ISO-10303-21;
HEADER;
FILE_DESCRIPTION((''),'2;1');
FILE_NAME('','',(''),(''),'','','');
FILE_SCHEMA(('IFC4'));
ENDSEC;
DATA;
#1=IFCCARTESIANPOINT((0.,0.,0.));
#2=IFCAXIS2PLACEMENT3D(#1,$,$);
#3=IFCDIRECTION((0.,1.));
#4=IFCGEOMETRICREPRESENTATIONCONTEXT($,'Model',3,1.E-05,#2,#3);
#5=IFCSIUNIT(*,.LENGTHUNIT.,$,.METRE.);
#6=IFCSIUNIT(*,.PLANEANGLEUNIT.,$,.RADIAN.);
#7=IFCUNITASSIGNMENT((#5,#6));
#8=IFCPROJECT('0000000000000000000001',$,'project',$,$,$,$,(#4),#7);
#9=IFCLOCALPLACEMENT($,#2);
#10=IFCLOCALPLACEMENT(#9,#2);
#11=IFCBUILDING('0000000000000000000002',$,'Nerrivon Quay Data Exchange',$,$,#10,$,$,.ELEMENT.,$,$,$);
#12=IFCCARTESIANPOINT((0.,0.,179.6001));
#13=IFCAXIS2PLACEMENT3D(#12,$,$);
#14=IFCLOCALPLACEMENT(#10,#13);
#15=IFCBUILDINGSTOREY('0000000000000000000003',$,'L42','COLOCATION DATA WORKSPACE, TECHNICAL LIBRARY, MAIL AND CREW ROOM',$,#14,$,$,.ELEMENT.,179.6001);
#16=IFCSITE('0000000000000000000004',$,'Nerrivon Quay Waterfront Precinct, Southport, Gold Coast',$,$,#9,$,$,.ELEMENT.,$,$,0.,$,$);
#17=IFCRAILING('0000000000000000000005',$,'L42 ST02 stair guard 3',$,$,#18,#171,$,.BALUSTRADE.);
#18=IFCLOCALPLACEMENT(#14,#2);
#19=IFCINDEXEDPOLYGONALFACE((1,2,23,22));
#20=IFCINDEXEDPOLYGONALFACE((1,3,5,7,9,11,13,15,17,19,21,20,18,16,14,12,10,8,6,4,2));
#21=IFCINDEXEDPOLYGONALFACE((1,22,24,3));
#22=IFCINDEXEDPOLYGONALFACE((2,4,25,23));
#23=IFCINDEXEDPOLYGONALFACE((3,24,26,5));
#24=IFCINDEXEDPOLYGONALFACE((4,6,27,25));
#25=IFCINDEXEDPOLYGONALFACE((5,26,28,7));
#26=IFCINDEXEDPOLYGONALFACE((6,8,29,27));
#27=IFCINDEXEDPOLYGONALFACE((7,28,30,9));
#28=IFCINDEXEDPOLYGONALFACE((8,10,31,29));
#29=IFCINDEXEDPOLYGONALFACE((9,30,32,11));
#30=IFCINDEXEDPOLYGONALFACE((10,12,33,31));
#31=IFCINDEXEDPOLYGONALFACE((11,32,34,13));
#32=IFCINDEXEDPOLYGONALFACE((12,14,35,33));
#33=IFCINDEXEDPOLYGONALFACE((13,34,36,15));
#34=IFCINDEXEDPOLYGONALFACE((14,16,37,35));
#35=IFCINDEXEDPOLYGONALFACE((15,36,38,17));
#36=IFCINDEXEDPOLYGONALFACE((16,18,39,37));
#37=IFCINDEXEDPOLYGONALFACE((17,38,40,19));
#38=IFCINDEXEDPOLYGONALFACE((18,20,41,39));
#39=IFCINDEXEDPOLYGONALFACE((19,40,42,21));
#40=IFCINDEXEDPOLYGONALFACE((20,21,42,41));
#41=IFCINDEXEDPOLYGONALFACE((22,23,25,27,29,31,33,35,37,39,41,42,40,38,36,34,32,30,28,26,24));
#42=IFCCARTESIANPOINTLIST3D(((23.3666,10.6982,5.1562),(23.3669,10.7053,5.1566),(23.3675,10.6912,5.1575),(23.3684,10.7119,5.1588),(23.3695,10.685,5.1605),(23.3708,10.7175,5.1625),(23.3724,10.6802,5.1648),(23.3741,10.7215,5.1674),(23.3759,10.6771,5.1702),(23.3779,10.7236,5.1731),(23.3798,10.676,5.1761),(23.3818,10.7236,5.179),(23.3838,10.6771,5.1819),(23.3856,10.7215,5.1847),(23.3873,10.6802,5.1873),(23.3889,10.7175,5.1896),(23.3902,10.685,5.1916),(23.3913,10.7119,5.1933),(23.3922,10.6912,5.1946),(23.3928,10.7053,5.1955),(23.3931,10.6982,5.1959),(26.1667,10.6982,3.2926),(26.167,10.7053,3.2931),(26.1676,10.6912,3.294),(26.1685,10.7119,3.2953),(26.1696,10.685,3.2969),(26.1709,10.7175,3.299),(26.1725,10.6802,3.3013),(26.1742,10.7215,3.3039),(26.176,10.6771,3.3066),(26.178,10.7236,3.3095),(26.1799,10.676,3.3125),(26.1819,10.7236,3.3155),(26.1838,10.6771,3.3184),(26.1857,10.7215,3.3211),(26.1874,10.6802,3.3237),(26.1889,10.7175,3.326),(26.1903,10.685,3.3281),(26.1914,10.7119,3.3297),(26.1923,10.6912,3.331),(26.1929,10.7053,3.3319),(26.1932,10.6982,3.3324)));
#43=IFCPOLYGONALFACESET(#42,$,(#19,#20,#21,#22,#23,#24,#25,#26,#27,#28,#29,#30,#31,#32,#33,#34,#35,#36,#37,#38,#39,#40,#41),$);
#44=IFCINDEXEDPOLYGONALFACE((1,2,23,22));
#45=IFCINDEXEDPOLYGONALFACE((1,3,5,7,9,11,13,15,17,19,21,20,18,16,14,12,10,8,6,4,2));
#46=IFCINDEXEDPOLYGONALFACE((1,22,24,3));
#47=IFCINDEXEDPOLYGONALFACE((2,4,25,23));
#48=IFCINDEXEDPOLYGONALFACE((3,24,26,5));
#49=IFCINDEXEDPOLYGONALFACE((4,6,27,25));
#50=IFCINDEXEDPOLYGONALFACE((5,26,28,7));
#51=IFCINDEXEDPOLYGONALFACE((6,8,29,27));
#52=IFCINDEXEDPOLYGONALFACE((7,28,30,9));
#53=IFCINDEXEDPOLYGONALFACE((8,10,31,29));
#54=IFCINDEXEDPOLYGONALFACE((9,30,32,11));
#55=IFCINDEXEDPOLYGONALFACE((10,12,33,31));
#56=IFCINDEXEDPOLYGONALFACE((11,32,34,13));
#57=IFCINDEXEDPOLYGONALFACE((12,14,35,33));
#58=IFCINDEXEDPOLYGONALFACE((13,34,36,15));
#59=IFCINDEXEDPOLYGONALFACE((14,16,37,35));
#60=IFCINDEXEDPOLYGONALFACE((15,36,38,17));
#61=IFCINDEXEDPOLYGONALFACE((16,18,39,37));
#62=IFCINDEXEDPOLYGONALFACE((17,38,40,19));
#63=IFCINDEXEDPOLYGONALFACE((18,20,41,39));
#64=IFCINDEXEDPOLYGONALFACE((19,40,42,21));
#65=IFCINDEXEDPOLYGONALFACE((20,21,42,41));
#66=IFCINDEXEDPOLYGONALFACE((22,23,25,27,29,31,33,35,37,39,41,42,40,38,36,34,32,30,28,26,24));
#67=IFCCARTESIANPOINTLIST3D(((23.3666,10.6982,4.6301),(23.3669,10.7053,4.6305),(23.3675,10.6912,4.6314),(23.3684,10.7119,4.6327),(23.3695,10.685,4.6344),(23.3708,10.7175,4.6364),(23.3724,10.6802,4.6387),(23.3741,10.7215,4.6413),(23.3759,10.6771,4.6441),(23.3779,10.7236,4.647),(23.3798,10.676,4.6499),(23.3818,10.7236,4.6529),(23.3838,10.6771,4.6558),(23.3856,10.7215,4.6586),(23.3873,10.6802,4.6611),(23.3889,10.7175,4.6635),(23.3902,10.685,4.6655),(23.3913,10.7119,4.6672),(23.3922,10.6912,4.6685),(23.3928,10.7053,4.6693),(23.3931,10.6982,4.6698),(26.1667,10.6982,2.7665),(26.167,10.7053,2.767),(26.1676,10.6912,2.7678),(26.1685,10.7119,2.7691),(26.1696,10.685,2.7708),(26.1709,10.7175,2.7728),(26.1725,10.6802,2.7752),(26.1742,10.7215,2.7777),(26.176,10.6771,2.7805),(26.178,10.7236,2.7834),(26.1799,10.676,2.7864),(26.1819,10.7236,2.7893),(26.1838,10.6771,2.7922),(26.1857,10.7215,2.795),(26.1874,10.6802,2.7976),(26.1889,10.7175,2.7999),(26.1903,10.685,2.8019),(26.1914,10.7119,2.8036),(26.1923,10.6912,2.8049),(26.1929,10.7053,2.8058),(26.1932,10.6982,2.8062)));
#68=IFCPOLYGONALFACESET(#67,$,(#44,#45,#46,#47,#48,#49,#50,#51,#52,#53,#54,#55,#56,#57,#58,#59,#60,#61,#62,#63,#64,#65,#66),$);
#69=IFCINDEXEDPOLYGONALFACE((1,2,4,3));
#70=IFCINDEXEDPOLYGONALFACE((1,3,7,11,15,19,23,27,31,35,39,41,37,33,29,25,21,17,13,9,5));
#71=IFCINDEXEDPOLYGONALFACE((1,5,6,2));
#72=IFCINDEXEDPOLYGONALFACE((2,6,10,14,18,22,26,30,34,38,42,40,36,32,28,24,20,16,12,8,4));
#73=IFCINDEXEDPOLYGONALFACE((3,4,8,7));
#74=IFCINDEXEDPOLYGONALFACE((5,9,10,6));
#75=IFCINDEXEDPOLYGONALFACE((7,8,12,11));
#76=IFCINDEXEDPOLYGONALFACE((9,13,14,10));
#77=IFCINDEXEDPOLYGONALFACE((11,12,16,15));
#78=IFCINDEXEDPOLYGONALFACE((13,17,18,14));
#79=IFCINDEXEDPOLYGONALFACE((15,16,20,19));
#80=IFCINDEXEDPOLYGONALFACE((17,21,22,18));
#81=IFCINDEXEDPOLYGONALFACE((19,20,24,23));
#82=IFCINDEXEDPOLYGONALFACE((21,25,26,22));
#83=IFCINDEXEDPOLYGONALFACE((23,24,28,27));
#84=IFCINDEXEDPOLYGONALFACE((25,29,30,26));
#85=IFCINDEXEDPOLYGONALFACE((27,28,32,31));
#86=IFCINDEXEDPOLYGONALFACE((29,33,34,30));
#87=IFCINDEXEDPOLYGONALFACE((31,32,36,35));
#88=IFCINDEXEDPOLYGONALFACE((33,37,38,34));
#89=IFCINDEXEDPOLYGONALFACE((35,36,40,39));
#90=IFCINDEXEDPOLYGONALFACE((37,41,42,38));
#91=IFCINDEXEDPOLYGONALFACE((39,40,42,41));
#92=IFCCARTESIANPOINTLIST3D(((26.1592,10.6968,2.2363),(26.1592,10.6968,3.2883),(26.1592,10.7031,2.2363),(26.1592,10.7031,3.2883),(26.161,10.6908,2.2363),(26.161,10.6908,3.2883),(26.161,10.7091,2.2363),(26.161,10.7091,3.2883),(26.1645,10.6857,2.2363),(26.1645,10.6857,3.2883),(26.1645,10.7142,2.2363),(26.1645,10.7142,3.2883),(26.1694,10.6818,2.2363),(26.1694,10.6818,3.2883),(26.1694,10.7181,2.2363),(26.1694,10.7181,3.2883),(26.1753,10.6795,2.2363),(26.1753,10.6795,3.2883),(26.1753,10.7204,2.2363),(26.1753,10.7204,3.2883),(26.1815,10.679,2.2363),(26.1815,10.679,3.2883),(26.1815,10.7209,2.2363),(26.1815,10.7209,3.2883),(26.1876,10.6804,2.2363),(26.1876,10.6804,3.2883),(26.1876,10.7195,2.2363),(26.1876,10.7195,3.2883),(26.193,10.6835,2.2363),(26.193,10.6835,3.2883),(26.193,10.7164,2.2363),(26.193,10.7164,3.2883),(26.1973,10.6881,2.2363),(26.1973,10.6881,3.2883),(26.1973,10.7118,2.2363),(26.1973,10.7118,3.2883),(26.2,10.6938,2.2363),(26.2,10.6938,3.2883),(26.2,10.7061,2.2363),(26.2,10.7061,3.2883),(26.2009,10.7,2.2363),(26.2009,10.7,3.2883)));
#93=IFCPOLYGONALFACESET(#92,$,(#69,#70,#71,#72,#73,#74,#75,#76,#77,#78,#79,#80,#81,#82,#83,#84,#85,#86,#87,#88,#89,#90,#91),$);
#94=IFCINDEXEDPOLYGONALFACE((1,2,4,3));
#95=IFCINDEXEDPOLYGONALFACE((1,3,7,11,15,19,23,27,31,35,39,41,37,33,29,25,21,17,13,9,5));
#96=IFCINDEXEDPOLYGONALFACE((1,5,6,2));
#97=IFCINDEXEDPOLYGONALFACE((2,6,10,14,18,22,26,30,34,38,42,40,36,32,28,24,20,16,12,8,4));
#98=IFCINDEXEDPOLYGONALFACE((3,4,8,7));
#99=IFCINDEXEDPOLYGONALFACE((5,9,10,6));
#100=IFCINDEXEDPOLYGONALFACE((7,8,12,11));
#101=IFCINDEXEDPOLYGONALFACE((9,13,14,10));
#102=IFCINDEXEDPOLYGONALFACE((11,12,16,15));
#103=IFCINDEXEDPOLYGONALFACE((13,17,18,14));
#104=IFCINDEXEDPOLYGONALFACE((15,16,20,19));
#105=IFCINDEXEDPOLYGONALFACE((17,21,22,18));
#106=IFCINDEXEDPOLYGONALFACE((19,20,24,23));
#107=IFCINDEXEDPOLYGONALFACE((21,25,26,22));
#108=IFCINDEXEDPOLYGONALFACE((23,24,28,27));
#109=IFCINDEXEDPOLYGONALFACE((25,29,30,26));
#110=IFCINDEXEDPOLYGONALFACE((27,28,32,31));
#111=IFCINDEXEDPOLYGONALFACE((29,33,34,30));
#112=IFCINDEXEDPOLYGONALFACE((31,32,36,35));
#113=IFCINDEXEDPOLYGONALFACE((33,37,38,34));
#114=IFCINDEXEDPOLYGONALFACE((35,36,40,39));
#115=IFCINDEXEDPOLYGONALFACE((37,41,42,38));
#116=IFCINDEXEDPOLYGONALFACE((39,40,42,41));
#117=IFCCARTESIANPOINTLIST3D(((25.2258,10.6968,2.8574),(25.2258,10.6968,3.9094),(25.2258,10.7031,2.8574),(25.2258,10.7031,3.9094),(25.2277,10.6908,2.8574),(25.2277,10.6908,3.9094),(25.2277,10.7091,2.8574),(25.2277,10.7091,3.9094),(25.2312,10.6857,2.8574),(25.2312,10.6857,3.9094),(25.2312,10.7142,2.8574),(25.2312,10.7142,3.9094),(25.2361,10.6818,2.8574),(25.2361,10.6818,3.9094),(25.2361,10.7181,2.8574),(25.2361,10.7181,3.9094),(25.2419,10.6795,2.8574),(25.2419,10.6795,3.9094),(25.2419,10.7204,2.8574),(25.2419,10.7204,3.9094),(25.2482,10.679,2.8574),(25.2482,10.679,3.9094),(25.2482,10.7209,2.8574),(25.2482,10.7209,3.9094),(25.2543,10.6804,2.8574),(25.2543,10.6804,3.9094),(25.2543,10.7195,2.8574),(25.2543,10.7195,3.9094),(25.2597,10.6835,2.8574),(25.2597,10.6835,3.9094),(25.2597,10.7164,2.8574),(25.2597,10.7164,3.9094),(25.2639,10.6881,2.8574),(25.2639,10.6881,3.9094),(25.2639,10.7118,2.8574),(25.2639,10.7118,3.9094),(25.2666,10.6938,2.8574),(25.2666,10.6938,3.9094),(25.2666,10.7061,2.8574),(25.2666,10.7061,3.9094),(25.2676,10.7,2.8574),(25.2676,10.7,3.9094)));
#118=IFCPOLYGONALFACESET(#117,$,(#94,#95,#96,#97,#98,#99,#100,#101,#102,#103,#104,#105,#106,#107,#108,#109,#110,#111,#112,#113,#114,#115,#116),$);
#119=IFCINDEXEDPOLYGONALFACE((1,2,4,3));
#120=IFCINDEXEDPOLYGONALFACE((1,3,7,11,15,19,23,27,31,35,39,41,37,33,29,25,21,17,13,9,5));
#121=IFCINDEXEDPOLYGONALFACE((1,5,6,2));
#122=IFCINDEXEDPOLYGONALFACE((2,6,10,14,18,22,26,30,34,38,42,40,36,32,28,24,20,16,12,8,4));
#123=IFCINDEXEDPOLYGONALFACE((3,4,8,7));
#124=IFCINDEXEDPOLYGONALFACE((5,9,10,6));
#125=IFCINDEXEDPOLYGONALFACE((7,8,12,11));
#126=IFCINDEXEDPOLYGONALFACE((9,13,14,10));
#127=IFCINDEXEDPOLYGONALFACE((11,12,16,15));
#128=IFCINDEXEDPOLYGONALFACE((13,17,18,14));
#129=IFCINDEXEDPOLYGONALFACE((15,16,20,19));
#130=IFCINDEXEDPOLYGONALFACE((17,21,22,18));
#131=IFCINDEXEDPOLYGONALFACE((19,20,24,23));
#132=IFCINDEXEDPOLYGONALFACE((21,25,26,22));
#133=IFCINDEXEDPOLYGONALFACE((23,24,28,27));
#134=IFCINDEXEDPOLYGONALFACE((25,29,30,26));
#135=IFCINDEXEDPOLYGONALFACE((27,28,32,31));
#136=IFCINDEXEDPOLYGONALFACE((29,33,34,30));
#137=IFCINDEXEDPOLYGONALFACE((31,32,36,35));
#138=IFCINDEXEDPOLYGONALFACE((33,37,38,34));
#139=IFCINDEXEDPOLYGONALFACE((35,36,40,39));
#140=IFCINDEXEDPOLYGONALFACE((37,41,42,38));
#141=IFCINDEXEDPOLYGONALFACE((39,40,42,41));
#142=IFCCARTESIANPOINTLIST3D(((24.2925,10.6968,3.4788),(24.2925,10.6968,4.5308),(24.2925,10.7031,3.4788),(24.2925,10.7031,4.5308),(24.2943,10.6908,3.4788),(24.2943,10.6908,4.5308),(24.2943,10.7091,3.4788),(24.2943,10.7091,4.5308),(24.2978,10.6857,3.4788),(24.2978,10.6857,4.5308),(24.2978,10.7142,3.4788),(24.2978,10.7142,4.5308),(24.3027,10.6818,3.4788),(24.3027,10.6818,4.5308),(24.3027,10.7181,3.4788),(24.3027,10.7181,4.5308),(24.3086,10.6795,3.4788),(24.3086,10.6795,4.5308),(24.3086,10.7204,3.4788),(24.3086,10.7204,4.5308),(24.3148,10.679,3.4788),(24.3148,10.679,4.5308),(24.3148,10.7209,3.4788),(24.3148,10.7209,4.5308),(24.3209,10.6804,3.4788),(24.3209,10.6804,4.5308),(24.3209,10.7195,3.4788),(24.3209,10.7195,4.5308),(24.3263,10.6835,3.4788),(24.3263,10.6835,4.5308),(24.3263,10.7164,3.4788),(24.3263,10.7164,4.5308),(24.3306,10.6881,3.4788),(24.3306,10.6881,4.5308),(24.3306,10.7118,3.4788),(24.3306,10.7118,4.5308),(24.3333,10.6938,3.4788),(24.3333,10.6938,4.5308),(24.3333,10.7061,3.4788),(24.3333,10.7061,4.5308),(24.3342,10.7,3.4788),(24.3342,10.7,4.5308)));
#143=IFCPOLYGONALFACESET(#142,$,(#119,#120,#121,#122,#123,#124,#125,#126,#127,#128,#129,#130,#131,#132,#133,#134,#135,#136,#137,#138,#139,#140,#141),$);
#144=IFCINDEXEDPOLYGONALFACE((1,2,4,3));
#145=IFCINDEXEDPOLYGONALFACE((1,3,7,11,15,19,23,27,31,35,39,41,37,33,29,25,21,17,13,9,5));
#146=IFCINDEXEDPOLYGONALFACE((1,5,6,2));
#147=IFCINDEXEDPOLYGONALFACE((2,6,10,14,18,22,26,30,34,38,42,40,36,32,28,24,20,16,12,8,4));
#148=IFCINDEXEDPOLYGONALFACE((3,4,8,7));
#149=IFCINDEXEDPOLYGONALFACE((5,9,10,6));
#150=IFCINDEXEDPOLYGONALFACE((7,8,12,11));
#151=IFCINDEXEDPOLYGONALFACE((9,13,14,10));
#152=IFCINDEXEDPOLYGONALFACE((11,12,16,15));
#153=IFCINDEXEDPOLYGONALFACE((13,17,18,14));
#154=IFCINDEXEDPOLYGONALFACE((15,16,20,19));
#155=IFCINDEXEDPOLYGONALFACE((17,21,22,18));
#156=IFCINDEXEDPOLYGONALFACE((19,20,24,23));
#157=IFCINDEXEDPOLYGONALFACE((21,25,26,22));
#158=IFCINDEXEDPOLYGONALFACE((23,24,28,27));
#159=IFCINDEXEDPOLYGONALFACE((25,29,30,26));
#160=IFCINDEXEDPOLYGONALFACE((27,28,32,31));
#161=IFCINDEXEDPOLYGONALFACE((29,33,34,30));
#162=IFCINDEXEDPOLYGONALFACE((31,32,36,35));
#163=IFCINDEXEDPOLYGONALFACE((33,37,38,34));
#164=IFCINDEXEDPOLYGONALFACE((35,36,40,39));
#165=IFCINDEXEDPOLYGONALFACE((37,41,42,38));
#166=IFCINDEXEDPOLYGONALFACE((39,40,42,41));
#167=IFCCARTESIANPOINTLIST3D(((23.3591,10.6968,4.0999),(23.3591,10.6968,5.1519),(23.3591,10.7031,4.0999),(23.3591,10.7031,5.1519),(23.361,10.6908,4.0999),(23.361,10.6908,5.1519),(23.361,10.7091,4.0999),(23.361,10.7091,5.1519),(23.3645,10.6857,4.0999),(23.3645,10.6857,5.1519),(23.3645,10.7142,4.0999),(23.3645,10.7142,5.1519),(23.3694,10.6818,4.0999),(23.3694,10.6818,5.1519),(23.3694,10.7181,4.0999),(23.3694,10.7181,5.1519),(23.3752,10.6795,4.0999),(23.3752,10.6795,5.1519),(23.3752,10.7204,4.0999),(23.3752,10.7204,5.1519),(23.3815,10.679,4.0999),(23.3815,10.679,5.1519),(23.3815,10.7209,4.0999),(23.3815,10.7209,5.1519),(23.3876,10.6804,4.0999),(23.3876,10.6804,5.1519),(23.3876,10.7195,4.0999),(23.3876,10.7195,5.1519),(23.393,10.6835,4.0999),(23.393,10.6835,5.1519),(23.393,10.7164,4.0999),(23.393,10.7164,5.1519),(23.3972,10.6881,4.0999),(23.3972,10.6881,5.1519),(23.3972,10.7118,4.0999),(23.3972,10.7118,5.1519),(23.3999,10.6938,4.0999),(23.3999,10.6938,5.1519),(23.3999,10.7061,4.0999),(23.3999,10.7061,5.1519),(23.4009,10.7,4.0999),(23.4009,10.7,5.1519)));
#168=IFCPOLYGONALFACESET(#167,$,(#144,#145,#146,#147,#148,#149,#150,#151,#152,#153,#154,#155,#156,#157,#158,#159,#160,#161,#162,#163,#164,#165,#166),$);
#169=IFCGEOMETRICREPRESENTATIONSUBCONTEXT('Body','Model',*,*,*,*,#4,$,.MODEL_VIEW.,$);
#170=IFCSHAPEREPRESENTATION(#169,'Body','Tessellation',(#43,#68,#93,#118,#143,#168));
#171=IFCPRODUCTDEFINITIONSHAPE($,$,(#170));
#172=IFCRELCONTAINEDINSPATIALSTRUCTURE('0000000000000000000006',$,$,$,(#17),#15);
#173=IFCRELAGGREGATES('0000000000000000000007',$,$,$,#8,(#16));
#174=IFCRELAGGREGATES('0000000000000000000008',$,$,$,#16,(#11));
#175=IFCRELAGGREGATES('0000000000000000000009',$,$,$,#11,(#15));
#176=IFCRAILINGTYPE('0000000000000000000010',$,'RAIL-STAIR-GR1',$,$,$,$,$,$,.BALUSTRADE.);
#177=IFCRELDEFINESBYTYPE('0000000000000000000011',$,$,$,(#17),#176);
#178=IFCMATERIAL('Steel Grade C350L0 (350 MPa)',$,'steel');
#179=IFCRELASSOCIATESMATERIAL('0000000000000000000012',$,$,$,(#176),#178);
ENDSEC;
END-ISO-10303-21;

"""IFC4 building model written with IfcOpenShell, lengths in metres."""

from ifc_helpers import new_model, si_unit, direction, frame, origin, origin_2d, place, context, subcontext, project, spatial, circle, extrude, material, type_object, element, save


model = new_model("IFC4")

# Units and contexts
model_context = context("Model", 3, precision=1e-05, world=origin(), true_north=direction((0.0, 1.0)))
body_context = subcontext(model_context, "Body", "Model", "MODEL_VIEW")
ifc_project = project(units=[si_unit("LENGTHUNIT", "METRE"), si_unit("PLANEANGLEUNIT", "RADIAN")], contexts=[model_context])

# Site, building, storey
site_placement = place(None, origin())
site = spatial("IfcSite", under=ifc_project, at=site_placement, Name="Nerrivon Quay Waterfront Precinct, Southport, Gold Coast", CompositionType="ELEMENT", RefElevation=0.0)
building_placement = place(site_placement, origin())
building = spatial("IfcBuilding", under=site, at=building_placement, Name="Nerrivon Quay Data Exchange", CompositionType="ELEMENT")
storey_placement = place(building_placement, frame((0.0, 0.0, 179.6001)))
storey = spatial("IfcBuildingStorey", under=building, at=storey_placement, Name="L42", Description="COLOCATION DATA WORKSPACE, TECHNICAL LIBRARY, MAIL AND CREW ROOM", CompositionType="ELEMENT", Elevation=179.6001)

# Shared definitions
ifc_material_1 = material(Name="Steel Grade C350L0 (350 MPa)", Category="steel")

# Railing
railing_type_1 = type_object("IfcRailingType", Name="RAIL-STAIR-GR1", PredefinedType="BALUSTRADE", material=ifc_material_1)
railing_1_placement = place(storey_placement, frame((26.1799, 10.7, 2.2363)))
element("IfcRailing", 1, at=railing_1_placement, inside=storey, type_object=railing_type_1, Name="L42 ST02 stair guard 3", PredefinedType="BALUSTRADE", context=body_context, shape_type="SweptSolid", body=[
    extrude(circle(Radius=0.0239, at=origin_2d()), frame((0.0, 0.0, 1.0762), z_axis=(-0.832486, 0.0, 0.554047), x_axis=(0.0, -1.0, 0.0)), (0.0, 0.0, 1.0), 3.3635),
    extrude(circle(Radius=0.0239, at=origin_2d()), frame((0.0, 0.0, 0.55), z_axis=(-0.832486, 0.0, 0.554047), x_axis=(0.0, -1.0, 0.0)), (0.0, 0.0, 1.0), 3.3635),
    extrude(circle(Radius=0.021, at=origin_2d()), origin(), (0.0, 0.0, 1.0), 1.052),
    extrude(circle(Radius=0.021, at=origin_2d()), frame((-0.9333, 0.0, 0.6211)), (0.0, 0.0, 1.0), 1.052),
    extrude(circle(Radius=0.021, at=origin_2d()), frame((-1.8667, 0.0, 1.2424)), (0.0, 0.0, 1.0), 1.052),
    extrude(circle(Radius=0.021, at=origin_2d()), frame((-2.8, 0.0, 1.8635)), (0.0, 0.0, 1.0), 1.052),
])

save(model, "model.ifc")
